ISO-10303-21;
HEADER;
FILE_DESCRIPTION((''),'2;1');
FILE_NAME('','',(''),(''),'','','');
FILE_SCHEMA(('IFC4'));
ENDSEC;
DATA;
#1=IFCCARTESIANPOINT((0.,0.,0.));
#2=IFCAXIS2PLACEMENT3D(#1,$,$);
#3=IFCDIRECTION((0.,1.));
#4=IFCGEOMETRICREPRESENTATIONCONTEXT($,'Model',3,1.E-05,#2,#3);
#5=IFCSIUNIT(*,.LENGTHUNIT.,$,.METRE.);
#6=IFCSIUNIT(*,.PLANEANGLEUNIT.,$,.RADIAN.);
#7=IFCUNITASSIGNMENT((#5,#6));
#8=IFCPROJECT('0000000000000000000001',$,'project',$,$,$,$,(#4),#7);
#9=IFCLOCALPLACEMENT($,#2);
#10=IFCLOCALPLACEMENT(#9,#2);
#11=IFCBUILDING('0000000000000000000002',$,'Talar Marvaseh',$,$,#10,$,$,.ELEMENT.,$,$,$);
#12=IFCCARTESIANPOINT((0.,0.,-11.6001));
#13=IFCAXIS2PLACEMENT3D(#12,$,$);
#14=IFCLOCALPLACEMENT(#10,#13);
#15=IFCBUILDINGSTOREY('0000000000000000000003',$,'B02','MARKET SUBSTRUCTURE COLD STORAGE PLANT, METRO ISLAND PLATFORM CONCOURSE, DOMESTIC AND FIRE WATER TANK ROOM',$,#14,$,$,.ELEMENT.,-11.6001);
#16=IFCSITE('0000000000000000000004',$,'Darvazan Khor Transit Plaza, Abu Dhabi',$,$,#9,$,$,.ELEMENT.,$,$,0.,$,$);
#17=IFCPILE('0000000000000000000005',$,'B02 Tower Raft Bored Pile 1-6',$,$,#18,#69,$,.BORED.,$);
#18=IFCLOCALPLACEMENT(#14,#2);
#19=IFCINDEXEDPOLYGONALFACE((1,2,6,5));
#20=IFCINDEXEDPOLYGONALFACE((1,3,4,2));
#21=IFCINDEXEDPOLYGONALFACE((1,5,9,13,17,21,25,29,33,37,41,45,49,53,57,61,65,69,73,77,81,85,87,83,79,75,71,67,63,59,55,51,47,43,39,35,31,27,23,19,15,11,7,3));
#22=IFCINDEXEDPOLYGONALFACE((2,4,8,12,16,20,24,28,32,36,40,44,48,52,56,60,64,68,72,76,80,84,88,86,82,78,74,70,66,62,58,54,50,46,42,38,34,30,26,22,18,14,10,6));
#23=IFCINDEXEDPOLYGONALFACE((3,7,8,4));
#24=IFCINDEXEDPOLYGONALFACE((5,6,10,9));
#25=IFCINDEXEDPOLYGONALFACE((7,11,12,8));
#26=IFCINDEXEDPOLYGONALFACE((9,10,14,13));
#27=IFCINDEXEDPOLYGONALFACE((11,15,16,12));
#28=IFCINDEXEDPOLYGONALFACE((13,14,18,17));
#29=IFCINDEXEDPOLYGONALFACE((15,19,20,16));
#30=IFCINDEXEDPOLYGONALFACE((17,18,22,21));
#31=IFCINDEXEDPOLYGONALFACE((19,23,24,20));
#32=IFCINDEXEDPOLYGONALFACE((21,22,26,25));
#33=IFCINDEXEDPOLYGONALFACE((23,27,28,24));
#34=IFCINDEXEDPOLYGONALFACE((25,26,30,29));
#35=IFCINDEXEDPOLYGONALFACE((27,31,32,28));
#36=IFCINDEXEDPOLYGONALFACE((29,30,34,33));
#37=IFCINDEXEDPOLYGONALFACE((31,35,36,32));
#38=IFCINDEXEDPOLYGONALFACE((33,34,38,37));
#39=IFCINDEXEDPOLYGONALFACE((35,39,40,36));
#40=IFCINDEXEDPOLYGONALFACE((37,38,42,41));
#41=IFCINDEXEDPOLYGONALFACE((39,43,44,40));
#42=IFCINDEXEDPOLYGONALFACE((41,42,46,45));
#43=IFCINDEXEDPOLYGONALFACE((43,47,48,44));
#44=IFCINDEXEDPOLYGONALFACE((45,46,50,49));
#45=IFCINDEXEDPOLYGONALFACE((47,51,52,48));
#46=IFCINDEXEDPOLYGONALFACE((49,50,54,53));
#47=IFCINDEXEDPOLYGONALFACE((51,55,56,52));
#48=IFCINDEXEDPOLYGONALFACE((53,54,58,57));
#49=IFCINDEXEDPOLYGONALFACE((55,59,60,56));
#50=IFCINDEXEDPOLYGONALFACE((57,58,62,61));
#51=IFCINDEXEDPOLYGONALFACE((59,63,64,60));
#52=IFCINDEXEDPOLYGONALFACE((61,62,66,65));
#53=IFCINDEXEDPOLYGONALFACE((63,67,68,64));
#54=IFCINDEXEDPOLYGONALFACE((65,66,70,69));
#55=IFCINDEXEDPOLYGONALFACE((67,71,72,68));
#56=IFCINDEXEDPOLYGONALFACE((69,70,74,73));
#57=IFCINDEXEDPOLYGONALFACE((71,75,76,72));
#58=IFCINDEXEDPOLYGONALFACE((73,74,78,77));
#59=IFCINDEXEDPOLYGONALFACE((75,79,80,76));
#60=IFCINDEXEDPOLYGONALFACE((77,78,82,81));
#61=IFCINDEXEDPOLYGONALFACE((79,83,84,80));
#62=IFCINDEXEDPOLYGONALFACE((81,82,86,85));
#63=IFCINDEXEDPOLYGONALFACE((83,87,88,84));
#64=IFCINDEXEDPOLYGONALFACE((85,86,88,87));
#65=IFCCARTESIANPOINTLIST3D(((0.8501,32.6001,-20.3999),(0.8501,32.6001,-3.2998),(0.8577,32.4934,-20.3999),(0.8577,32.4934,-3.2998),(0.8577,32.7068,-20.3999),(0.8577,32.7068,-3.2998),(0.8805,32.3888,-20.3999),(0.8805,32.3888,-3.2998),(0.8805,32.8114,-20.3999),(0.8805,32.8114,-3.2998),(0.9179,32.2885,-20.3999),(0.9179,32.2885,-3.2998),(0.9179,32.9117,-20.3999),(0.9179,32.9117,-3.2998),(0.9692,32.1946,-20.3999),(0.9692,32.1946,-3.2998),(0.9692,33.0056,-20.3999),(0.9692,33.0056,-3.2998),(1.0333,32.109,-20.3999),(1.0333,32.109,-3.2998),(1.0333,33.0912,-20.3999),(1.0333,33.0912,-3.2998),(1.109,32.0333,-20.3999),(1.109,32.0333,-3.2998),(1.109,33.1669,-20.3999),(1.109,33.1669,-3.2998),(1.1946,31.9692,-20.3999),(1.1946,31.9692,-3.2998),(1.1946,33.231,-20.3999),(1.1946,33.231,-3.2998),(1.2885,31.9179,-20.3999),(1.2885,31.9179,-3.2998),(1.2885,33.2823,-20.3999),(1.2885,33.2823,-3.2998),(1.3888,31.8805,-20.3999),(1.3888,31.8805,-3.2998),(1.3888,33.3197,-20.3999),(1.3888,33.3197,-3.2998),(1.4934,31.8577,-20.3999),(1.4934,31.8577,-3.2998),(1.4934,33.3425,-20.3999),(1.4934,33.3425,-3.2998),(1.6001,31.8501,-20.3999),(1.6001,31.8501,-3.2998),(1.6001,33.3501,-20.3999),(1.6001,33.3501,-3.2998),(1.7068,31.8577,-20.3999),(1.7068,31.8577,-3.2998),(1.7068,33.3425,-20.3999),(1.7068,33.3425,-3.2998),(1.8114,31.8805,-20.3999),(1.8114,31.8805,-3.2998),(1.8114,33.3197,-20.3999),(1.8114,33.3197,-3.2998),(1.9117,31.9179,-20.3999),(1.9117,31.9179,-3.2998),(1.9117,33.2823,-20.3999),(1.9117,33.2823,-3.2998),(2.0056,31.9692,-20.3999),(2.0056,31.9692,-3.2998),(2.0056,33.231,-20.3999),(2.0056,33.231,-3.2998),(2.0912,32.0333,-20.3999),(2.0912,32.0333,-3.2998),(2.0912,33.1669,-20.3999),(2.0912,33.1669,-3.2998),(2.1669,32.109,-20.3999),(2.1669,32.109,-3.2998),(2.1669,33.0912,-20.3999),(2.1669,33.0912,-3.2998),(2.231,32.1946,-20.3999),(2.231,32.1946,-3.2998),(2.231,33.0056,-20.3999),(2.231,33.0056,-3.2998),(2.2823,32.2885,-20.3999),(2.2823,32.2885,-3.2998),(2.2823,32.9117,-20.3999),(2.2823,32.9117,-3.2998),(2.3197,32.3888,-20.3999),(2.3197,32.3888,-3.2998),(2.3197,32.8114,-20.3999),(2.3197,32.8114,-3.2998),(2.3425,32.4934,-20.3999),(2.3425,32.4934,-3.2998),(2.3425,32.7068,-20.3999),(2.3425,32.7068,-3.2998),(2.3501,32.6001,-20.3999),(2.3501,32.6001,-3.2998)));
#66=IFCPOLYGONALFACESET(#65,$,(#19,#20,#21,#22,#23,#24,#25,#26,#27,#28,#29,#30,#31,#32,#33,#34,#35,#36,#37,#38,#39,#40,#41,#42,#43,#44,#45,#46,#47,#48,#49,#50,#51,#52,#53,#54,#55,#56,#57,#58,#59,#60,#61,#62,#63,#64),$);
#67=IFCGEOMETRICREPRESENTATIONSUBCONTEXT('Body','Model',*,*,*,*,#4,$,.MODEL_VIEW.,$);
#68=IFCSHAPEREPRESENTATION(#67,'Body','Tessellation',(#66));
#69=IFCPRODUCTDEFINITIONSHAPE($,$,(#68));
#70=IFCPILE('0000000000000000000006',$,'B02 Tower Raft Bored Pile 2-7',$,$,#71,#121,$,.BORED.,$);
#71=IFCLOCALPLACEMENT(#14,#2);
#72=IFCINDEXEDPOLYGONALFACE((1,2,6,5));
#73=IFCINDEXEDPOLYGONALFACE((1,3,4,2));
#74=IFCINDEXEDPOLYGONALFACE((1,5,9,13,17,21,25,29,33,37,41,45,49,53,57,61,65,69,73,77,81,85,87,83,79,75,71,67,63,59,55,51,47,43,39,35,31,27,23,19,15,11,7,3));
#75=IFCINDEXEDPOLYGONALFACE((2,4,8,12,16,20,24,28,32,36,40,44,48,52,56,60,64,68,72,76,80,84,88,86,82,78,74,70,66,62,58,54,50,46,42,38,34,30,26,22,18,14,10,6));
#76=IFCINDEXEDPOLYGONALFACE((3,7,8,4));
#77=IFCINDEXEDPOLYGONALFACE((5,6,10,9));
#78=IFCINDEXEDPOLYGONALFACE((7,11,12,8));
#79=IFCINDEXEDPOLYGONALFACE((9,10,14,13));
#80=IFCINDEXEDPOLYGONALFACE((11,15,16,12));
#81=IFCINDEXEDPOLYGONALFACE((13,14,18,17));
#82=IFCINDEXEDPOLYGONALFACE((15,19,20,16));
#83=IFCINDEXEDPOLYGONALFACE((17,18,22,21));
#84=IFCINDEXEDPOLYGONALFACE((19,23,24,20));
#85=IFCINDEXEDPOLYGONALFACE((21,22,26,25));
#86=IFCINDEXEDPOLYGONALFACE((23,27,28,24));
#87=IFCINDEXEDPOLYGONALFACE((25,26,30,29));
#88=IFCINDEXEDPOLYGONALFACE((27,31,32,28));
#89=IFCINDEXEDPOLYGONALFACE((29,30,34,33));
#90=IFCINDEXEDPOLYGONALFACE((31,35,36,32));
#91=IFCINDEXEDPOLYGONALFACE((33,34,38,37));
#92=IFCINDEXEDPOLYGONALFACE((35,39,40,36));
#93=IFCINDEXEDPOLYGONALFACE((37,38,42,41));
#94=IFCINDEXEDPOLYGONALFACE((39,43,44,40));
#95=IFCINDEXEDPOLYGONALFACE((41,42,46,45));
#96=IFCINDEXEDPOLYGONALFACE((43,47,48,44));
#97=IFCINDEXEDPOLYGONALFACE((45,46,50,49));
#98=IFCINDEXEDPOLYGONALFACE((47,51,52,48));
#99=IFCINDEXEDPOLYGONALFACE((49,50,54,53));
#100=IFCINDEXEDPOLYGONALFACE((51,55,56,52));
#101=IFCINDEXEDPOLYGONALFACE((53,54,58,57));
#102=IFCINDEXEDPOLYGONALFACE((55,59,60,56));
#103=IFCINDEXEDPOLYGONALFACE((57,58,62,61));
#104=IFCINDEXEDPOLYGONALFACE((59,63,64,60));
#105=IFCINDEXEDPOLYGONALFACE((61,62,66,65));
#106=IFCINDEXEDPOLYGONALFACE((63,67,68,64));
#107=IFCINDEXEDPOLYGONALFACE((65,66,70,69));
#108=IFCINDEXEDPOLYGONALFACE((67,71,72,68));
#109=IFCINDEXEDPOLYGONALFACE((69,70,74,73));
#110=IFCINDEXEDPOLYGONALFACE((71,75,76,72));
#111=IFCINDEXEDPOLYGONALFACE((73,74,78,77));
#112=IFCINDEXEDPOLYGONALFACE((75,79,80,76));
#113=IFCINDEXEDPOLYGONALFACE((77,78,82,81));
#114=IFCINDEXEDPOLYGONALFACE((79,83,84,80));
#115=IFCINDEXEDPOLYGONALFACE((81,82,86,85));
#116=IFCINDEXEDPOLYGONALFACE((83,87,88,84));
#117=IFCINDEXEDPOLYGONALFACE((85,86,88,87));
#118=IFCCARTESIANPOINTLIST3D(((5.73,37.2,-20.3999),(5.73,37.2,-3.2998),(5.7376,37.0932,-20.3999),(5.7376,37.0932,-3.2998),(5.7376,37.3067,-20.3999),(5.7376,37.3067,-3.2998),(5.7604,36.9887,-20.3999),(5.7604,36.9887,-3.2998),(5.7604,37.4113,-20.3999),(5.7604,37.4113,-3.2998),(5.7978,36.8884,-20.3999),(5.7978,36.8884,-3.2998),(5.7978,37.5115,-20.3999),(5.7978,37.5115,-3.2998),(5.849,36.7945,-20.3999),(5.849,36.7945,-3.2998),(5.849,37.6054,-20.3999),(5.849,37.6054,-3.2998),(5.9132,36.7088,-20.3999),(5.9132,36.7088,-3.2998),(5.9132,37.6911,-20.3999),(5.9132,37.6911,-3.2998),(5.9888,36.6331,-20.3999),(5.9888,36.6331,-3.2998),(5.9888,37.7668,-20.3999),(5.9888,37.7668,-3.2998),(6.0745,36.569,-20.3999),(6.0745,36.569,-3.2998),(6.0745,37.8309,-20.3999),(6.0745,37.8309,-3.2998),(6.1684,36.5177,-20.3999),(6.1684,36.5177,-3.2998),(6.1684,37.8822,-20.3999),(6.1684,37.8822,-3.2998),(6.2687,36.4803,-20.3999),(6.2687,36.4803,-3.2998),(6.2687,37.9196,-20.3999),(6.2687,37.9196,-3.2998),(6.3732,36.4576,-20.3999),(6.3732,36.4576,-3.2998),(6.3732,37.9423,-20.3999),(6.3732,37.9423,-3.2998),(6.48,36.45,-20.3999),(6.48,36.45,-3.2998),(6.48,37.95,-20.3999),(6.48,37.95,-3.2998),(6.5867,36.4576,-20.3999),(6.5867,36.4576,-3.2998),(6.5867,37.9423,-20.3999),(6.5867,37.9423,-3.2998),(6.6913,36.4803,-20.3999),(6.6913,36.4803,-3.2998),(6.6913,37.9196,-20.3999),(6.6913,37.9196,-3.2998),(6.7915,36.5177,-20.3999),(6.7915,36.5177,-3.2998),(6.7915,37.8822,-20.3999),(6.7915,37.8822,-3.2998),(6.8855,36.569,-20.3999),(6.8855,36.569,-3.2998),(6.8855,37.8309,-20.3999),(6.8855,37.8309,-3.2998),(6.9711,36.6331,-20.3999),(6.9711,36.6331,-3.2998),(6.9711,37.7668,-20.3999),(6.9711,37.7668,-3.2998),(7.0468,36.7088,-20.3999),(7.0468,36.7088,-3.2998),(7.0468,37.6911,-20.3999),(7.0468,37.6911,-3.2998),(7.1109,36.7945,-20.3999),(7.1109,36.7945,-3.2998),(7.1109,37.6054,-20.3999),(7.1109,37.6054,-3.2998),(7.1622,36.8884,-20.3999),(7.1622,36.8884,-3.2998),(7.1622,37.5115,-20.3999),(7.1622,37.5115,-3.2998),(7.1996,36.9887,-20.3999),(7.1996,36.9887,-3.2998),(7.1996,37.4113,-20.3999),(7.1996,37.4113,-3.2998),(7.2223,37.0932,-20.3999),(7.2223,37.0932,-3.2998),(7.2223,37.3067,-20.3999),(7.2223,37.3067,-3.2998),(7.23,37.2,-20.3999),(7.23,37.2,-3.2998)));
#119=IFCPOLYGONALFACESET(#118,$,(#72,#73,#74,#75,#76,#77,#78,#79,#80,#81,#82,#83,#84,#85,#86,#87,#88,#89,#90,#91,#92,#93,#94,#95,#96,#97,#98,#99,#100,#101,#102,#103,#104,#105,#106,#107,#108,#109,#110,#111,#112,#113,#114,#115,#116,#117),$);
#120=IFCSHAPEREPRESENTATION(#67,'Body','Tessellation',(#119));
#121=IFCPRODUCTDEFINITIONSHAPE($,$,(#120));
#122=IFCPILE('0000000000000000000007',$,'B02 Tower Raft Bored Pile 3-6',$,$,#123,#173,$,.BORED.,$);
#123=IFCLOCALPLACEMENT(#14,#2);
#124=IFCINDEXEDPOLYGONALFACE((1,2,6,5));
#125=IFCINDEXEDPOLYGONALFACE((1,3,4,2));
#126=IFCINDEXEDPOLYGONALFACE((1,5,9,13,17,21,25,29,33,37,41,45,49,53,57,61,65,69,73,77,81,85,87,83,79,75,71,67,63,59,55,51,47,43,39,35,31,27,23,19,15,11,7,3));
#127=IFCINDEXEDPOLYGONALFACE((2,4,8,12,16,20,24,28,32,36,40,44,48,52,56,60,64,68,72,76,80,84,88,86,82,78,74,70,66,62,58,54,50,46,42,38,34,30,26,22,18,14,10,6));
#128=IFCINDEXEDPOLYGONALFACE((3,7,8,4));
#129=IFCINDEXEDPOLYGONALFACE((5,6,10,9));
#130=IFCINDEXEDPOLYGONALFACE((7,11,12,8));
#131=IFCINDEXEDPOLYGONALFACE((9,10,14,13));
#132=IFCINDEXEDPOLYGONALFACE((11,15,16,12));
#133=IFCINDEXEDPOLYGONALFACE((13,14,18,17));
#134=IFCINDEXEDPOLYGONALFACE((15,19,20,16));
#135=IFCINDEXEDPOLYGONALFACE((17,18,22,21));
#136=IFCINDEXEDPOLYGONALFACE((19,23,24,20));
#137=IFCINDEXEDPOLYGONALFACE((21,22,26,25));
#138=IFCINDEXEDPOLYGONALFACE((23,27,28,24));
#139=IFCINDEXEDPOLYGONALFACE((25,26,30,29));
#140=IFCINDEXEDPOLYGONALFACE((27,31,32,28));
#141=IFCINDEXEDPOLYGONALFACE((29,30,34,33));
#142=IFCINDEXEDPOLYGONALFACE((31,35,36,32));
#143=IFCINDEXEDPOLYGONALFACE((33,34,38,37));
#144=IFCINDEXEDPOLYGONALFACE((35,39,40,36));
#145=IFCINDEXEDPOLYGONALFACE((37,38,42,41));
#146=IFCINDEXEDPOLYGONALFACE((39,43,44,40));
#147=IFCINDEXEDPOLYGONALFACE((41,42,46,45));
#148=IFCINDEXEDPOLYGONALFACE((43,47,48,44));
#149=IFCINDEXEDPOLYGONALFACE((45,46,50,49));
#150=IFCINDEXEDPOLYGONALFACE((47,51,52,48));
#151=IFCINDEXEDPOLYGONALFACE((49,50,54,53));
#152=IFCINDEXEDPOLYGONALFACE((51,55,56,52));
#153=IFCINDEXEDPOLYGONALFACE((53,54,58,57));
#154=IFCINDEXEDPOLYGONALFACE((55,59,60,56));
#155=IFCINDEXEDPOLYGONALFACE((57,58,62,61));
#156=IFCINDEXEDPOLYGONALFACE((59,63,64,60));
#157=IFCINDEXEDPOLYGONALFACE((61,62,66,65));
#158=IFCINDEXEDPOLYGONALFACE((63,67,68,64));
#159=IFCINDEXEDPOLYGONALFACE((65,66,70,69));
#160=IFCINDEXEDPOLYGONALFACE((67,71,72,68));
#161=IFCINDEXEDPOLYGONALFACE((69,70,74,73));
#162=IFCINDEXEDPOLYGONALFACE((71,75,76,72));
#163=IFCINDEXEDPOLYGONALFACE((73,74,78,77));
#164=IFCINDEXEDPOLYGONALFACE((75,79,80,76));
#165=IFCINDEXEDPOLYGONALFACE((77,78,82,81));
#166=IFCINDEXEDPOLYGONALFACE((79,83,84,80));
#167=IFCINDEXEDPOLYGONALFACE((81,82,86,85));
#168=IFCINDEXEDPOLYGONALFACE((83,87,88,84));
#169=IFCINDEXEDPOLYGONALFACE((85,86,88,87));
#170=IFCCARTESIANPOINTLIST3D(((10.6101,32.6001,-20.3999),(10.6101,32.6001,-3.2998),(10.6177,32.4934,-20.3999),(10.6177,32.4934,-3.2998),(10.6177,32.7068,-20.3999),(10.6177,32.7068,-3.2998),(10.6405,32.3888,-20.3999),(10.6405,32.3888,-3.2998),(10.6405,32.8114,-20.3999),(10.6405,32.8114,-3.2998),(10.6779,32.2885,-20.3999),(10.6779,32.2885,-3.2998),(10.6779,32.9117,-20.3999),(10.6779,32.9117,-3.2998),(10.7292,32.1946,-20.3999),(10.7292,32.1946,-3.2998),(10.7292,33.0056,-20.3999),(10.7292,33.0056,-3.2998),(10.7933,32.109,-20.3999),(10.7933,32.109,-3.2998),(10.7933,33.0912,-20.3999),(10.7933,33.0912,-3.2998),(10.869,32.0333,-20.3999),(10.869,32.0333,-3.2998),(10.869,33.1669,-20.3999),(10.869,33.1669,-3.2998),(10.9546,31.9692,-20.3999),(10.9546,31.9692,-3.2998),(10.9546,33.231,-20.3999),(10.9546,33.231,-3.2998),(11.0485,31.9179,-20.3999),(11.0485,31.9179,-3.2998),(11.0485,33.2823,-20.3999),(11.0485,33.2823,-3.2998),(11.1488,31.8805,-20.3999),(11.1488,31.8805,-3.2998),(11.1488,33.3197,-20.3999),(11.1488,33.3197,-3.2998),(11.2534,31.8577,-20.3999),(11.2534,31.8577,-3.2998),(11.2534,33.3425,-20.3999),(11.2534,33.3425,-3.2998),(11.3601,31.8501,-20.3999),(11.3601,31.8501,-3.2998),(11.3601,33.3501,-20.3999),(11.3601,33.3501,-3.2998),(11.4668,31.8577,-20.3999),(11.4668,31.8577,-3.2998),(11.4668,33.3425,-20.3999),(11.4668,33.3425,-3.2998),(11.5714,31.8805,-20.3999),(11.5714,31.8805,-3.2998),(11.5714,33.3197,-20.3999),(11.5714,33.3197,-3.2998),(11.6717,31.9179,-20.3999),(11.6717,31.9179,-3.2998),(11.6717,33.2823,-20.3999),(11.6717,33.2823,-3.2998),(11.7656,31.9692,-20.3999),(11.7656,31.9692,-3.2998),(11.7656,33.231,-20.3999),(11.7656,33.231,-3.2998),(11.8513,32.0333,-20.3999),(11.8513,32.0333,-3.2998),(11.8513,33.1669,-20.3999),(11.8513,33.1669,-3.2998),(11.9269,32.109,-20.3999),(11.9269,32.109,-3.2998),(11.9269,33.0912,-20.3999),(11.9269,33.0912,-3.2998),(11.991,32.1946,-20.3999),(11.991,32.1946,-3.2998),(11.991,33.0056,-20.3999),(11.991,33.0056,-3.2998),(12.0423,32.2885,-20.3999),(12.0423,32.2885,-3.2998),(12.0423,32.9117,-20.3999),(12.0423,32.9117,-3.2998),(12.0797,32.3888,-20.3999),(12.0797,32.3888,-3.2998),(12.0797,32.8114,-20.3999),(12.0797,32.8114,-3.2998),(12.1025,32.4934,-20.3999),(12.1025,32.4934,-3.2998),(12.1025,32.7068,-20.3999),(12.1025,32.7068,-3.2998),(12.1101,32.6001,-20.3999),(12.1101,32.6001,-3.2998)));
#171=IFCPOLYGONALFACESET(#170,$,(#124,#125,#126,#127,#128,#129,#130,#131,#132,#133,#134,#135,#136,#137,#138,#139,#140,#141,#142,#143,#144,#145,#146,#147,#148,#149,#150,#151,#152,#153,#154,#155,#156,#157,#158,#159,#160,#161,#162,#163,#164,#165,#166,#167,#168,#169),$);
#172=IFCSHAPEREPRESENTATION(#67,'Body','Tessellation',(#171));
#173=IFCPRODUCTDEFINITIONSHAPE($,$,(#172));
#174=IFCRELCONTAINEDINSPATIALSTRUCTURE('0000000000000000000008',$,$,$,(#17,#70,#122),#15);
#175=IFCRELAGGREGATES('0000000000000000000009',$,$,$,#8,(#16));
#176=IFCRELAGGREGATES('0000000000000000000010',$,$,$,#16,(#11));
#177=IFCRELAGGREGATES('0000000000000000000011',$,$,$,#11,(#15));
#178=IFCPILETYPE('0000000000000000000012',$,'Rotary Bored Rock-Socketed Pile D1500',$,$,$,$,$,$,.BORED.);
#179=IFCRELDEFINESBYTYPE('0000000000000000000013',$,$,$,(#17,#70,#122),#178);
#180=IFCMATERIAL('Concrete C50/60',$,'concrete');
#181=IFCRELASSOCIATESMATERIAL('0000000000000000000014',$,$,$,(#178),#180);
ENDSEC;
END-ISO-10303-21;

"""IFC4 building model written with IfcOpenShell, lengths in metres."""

from ifc_helpers import new_model, si_unit, direction, frame, origin, origin_2d, place, context, subcontext, project, spatial, circle, extrude, source, transform, mapped, material, material_profile, profile_set, type_object, type_shapes, element, save


model = new_model("IFC4")

# Units and contexts
model_context = context("Model", 3, precision=1e-05, world=origin(), true_north=direction((0.0, 1.0)))
body_context = subcontext(model_context, "Body", "Model", "MODEL_VIEW")
ifc_project = project(units=[si_unit("LENGTHUNIT", "METRE"), si_unit("PLANEANGLEUNIT", "RADIAN")], contexts=[model_context])

# Site, building, storey
site_placement = place(None, origin())
site = spatial("IfcSite", under=ifc_project, at=site_placement, Name="Darvazan Khor Transit Plaza, Abu Dhabi", CompositionType="ELEMENT", RefElevation=0.0)
building_placement = place(site_placement, origin())
building = spatial("IfcBuilding", under=site, at=building_placement, Name="Talar Marvaseh", CompositionType="ELEMENT")
storey_placement = place(building_placement, frame((0.0, 0.0, -11.6001)))
storey = spatial("IfcBuildingStorey", under=building, at=storey_placement, Name="B02", Description="MARKET SUBSTRUCTURE COLD STORAGE PLANT, METRO ISLAND PLATFORM CONCOURSE, DOMESTIC AND FIRE WATER TANK ROOM", CompositionType="ELEMENT", Elevation=-11.6001)

# Piles
ifc_material_1 = material(Name="Concrete C50/60", Category="concrete")
ifc_material_profile_1 = material_profile(ifc_material_1, circle(Radius=0.75, at=origin_2d()), Name="PILE-D1500")
ifc_profile_set_1 = profile_set([ifc_material_profile_1], Name="Concrete C50/60")
pile_type_1 = type_object("IfcPileType", Name="Rotary Bored Rock-Socketed Pile D1500", PredefinedType="BORED", material=ifc_profile_set_1)
shared_shape_1 = source(origin(), body_context, "Body", "SweptSolid", [
    extrude(circle(Radius=0.75, at=origin_2d()), origin(), (0.0, 0.0, 1.0), 17.1001),
])
type_shapes(pile_type_1, [shared_shape_1])
for number, where, z_axis, x_axis, name in (
    (1, (1.6001, 32.6001, -3.2998), (0.0, 0.0, -1.0), (1.0, 0.0, 0.0), "B02 Tower Raft Bored Pile 1-6"),
    (2, (6.48, 37.2, -3.2998), (0.0, 0.0, -1.0), (1.0, 0.0, 0.0), "B02 Tower Raft Bored Pile 2-7"),
    (3, (11.3601, 32.6001, -3.2998), (0.0, 0.0, -1.0), (1.0, 0.0, 0.0), "B02 Tower Raft Bored Pile 3-6"),
):
    element("IfcPile", number, at=place(storey_placement, frame(where, z_axis=z_axis, x_axis=x_axis)), inside=storey, type_object=pile_type_1, Name=name, PredefinedType="BORED", context=body_context, shape_type="MappedRepresentation", body=[
        mapped(shared_shape_1, transform((0.0, 0.0, 0.0), x_axis=(1.0, 0.0, 0.0), y_axis=(0.0, 1.0, 0.0), z_axis=(0.0, 0.0, 1.0), scale=1.0)),
    ])

save(model, "model.ifc")
